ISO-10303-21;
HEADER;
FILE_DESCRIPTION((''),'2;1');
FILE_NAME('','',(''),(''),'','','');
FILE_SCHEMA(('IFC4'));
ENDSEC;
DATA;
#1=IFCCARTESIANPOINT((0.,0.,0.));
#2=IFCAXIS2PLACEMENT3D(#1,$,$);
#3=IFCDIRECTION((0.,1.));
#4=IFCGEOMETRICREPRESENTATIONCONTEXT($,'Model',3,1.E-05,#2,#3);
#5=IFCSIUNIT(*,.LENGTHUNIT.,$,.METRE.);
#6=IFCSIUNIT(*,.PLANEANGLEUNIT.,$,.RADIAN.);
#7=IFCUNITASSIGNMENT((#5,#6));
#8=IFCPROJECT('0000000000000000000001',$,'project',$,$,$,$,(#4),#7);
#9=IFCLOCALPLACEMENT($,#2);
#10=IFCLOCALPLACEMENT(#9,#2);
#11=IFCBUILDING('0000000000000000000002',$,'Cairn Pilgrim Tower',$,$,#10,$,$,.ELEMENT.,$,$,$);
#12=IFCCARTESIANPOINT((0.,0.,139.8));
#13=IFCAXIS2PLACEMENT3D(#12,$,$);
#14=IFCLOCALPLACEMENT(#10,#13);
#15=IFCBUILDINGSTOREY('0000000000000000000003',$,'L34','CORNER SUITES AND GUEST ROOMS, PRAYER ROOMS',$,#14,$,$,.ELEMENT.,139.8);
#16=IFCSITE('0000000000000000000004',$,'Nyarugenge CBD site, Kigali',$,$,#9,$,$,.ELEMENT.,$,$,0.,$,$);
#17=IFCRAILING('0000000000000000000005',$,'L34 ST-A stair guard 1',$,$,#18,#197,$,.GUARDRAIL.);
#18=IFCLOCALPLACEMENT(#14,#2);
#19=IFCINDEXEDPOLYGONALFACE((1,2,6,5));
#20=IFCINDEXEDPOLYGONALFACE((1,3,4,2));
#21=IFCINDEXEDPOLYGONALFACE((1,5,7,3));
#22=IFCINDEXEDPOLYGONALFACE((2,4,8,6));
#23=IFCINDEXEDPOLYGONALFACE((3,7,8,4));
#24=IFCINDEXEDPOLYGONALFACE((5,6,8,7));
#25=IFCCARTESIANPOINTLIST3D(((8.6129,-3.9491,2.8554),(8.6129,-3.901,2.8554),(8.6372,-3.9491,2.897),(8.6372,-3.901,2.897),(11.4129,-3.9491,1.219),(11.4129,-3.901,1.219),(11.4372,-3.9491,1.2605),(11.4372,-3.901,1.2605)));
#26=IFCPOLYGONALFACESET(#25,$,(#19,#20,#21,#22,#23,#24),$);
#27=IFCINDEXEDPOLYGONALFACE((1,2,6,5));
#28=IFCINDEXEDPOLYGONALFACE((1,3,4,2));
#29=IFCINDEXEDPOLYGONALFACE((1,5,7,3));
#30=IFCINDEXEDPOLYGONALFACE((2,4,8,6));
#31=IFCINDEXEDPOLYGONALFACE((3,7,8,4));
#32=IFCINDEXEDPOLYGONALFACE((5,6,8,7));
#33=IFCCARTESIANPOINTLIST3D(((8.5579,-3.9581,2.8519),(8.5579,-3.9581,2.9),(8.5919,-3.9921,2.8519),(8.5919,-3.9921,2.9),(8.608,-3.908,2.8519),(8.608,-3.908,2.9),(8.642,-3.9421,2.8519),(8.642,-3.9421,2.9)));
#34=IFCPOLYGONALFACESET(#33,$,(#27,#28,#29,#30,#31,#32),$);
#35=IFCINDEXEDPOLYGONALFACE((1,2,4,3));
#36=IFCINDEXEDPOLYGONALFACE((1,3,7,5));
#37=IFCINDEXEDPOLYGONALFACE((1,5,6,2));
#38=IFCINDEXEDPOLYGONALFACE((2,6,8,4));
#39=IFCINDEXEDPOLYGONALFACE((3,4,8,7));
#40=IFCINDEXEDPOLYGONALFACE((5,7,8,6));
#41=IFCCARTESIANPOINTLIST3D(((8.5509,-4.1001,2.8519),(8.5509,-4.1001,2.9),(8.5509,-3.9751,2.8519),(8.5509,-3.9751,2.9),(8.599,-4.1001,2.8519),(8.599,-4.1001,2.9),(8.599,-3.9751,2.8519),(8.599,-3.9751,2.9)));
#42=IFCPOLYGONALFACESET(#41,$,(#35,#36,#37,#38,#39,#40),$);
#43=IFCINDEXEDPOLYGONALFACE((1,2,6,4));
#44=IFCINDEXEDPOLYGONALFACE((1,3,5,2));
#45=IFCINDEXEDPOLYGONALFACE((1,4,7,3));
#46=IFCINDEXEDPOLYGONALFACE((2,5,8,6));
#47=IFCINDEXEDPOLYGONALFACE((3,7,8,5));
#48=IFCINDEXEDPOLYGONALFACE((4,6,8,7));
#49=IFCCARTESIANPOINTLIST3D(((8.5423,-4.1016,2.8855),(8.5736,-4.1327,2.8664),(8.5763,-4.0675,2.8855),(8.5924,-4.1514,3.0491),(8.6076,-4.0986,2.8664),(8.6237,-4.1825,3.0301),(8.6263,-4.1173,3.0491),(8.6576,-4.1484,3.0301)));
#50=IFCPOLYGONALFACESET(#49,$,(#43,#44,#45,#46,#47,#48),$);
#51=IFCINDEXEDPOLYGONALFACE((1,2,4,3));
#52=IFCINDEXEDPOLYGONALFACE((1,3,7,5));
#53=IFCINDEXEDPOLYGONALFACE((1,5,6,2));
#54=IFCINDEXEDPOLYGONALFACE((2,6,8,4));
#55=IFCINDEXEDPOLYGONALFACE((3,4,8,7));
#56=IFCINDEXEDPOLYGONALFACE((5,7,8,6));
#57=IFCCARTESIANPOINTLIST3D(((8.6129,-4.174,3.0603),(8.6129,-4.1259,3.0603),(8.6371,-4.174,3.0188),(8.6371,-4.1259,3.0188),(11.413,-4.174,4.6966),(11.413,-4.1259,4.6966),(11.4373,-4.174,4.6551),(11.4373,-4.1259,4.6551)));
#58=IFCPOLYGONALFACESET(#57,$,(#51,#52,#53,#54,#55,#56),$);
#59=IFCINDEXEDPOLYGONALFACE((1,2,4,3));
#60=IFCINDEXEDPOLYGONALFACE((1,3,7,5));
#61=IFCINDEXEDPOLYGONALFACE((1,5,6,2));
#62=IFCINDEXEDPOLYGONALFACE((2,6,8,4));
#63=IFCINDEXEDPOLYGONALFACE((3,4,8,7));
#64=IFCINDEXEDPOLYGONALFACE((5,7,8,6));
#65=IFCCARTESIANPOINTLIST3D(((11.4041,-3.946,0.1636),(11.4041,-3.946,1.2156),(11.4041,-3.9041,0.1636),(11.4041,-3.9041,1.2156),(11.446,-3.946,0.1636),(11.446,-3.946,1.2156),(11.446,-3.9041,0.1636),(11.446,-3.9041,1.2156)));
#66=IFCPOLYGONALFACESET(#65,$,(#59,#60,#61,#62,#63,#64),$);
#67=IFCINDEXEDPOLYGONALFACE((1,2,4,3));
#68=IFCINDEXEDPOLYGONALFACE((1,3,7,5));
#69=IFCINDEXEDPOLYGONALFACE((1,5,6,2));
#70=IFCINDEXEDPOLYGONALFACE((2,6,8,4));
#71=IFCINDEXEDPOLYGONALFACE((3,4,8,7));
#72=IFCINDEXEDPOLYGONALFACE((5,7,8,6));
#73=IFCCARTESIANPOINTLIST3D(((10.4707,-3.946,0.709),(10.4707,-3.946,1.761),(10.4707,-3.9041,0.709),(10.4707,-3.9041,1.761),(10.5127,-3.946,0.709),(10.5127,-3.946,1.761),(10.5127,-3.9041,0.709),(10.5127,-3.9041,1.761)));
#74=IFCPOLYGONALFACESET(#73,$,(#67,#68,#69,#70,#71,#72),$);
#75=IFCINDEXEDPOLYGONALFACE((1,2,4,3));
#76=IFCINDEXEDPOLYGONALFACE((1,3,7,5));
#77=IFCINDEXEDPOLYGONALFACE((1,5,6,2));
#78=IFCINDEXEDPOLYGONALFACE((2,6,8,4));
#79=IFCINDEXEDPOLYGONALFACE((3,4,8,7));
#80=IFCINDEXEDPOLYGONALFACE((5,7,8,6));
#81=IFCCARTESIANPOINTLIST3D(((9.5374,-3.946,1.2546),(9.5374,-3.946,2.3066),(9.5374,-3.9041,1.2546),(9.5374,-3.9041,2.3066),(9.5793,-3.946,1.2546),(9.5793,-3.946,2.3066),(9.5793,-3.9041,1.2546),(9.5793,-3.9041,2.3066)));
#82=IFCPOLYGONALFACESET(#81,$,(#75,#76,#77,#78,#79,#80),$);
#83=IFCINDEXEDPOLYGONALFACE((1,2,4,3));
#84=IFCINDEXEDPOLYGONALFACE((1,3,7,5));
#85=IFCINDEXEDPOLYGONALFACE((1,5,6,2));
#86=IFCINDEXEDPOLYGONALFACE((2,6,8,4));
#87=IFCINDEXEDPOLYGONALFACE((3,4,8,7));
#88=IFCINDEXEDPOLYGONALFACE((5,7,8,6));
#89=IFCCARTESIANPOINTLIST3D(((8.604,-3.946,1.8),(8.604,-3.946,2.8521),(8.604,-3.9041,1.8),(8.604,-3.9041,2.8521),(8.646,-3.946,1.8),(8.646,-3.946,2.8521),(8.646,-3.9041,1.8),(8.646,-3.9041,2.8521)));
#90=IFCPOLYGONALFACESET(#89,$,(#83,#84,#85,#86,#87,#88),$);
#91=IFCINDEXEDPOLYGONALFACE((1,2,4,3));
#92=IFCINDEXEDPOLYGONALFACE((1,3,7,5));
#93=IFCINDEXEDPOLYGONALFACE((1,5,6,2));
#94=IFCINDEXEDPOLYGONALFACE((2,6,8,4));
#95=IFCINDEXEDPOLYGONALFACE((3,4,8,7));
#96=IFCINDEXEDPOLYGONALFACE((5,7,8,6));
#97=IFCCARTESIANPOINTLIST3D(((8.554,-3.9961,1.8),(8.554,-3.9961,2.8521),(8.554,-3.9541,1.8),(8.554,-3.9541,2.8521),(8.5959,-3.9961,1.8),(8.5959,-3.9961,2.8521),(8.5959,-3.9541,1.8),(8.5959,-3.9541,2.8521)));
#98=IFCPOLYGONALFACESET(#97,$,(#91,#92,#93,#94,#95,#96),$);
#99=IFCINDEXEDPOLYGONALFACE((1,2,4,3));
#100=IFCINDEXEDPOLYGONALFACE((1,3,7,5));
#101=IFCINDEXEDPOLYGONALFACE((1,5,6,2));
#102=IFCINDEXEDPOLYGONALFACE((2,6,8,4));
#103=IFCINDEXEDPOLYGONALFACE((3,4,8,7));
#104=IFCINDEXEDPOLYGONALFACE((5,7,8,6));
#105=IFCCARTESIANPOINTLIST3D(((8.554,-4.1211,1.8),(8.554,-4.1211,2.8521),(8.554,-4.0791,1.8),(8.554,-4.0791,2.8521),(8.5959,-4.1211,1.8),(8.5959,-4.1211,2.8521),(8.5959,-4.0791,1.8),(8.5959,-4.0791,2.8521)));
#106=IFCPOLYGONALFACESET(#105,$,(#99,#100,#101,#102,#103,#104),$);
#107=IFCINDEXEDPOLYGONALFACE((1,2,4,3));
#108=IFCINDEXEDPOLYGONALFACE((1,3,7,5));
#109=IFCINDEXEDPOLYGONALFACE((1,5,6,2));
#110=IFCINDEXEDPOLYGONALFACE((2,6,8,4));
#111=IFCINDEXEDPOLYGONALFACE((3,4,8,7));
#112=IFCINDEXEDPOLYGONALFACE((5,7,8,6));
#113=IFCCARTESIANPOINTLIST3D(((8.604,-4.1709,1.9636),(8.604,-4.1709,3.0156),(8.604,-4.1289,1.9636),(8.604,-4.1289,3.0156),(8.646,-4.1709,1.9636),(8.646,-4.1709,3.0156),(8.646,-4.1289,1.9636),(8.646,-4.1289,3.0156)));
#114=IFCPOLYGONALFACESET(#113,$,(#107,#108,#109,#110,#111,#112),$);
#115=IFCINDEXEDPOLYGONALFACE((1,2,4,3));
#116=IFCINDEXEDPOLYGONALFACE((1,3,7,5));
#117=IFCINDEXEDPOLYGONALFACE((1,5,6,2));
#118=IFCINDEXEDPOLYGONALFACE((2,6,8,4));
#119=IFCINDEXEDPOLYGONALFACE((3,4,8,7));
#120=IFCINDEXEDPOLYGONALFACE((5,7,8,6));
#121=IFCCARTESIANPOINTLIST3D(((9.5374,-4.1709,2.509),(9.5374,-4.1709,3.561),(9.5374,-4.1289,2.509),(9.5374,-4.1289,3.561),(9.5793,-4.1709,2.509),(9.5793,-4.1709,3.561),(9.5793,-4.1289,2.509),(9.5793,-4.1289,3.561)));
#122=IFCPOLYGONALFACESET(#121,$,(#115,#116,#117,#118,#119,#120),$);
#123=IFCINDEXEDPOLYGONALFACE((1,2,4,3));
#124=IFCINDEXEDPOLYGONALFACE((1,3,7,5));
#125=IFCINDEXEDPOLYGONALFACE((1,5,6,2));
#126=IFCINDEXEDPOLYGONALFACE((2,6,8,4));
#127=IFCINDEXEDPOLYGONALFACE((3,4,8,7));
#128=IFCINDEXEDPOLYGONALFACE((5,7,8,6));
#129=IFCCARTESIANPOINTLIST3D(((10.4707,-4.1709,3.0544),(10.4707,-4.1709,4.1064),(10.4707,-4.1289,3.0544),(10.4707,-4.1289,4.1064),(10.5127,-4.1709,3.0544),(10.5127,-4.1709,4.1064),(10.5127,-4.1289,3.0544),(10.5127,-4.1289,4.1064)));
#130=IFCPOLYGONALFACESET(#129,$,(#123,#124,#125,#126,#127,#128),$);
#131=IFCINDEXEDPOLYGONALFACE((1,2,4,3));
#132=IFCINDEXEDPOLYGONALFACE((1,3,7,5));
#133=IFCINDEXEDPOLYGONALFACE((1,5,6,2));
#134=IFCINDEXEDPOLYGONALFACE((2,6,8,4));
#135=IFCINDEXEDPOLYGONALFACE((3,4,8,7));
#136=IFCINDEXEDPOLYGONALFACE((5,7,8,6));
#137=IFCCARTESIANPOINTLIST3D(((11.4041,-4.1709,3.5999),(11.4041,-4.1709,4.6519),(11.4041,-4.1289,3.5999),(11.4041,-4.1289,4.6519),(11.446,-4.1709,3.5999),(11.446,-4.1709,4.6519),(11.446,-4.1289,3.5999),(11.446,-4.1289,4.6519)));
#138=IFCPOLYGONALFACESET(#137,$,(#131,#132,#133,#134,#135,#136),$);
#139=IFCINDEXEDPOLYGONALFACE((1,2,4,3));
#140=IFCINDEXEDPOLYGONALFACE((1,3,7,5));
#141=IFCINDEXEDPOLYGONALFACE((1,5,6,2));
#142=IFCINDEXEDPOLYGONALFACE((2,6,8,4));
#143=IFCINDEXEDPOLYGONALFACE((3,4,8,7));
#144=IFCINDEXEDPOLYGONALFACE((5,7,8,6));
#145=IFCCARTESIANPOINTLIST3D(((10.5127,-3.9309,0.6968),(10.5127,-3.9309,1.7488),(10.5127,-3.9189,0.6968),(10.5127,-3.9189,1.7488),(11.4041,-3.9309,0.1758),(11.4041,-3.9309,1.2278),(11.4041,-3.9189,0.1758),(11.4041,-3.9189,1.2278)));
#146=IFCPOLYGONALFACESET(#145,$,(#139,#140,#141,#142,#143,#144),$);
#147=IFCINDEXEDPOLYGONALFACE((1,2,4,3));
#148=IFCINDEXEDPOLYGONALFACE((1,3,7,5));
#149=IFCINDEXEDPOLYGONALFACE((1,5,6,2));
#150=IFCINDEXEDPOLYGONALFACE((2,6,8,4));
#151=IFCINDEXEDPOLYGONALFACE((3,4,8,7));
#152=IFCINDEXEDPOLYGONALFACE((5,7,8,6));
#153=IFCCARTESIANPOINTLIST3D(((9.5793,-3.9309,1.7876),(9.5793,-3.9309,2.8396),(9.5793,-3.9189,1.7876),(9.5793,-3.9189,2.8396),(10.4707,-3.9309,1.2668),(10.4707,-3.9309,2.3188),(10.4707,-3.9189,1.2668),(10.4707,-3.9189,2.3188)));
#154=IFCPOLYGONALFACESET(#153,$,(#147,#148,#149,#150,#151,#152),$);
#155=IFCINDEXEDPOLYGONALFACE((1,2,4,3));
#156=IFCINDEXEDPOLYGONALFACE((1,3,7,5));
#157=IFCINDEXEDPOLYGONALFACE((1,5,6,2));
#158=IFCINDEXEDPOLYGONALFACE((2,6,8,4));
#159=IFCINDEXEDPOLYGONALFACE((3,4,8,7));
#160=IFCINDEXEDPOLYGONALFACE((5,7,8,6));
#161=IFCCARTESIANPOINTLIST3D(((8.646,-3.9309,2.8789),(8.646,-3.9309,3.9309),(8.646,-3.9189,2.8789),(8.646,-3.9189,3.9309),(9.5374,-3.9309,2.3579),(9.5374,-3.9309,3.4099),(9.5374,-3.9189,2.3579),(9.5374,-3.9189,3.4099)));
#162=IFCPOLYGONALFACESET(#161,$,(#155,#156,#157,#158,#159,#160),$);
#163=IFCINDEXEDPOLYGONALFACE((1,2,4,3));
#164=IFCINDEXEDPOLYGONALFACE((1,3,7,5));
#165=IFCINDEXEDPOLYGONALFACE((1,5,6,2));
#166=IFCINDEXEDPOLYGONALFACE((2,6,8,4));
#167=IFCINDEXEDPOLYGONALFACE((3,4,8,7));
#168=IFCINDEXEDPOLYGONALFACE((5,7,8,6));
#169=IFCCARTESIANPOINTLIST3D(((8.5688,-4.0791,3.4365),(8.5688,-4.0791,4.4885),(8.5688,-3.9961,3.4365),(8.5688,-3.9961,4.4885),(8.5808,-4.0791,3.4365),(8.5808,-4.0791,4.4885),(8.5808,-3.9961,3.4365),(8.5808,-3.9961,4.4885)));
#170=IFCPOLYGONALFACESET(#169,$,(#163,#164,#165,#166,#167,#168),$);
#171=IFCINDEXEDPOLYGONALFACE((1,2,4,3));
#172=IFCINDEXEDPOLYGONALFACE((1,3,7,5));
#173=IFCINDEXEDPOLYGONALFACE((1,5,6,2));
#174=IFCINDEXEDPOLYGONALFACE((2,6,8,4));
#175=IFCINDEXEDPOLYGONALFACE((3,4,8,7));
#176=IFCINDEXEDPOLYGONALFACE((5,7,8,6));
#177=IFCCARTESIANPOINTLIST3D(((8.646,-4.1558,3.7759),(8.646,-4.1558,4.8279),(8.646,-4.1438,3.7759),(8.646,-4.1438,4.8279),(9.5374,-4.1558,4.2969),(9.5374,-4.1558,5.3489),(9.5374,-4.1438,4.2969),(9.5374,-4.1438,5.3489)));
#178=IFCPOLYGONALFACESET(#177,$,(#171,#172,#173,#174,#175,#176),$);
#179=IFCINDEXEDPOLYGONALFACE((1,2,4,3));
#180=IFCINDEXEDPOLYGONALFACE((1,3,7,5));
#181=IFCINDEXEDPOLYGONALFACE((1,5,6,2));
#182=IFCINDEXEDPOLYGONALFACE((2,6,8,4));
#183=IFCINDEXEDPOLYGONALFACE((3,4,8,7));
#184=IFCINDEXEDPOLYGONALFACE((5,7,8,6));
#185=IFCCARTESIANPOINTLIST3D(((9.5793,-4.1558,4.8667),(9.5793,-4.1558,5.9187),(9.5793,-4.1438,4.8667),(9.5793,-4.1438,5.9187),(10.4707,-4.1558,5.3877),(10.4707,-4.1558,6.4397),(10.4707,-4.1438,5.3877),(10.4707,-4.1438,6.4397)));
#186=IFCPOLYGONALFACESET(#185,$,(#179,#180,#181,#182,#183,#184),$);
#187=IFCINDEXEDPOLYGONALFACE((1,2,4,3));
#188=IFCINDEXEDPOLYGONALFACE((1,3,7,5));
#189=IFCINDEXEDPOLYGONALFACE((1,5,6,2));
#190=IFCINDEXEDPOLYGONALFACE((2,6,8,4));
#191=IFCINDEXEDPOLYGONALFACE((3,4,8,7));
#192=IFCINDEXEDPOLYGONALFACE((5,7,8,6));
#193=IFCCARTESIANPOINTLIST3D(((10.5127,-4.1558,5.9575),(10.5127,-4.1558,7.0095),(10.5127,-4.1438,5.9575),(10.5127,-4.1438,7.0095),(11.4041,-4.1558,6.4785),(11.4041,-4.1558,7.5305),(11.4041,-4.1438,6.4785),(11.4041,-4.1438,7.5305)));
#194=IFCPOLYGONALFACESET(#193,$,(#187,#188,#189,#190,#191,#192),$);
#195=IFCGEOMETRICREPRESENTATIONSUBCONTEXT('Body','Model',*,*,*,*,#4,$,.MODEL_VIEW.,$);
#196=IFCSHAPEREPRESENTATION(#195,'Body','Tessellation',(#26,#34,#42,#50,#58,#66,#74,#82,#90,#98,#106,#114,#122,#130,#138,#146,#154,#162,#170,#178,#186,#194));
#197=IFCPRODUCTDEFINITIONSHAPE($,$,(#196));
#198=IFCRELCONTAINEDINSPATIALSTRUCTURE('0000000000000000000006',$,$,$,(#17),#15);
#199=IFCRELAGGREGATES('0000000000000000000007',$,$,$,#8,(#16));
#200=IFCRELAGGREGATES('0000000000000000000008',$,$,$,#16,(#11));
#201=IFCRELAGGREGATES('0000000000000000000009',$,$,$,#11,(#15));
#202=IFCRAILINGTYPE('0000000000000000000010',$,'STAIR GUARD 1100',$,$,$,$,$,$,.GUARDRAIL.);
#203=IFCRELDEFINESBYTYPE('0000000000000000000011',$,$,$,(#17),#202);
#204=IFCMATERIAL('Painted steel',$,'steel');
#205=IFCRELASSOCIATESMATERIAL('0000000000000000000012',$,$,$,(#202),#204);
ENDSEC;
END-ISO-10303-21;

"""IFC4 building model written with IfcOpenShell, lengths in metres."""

from ifc_helpers import new_model, si_unit, direction, frame, origin, origin_2d, place, context, subcontext, project, spatial, polyline, rectangle, outline, extrude, material, type_object, element, save


model = new_model("IFC4")

# Units and contexts
model_context = context("Model", 3, precision=1e-05, world=origin(), true_north=direction((0.0, 1.0)))
body_context = subcontext(model_context, "Body", "Model", "MODEL_VIEW")
ifc_project = project(units=[si_unit("LENGTHUNIT", "METRE"), si_unit("PLANEANGLEUNIT", "RADIAN")], contexts=[model_context])

# Site, building, storey
site_placement = place(None, origin())
site = spatial("IfcSite", under=ifc_project, at=site_placement, Name="Nyarugenge CBD site, Kigali", CompositionType="ELEMENT", RefElevation=0.0)
building_placement = place(site_placement, origin())
building = spatial("IfcBuilding", under=site, at=building_placement, Name="Cairn Pilgrim Tower", CompositionType="ELEMENT")
storey_placement = place(building_placement, frame((0.0, 0.0, 139.8)))
storey = spatial("IfcBuildingStorey", under=building, at=storey_placement, Name="L34", Description="CORNER SUITES AND GUEST ROOMS, PRAYER ROOMS", CompositionType="ELEMENT", Elevation=139.8)

# Railing
ifc_material_1 = material(Name="Painted steel", Category="steel")
railing_type_1 = type_object("IfcRailingType", Name="STAIR GUARD 1100", PredefinedType="GUARDRAIL", material=ifc_material_1)
railing_1_placement = place(storey_placement, frame((11.425, -3.925, 0.1636)))
element("IfcRailing", 1, at=railing_1_placement, inside=storey, type_object=railing_type_1, Name="L34 ST-A stair guard 1", PredefinedType="GUARDRAIL", context=body_context, shape_type="SweptSolid", body=[
    extrude(rectangle(XDim=0.0481, YDim=0.0481, at=origin_2d()), frame((0.0, 0.0, 1.0762), z_axis=(-0.863361, 0.0, 0.504587), x_axis=(0.0, -1.0, 0.0)), (0.0, 0.0, 1.0), 3.2432),
    extrude(rectangle(XDim=0.0481, YDim=0.0481, at=origin_2d()), frame((-2.8, 0.0, 2.7124), z_axis=(-0.707107, -0.707107, 0.0), x_axis=(0.707107, -0.707107, 0.0)), (0.0, 0.0, 1.0), 0.0708),
    extrude(rectangle(XDim=0.0481, YDim=0.0481, at=origin_2d()), frame((-2.8501, -0.05, 2.7124), z_axis=(0.0, -1.0, 0.0), x_axis=(1.0, 0.0, 0.0)), (0.0, 0.0, 1.0), 0.125),
    extrude(rectangle(XDim=0.0481, YDim=0.0481, at=origin_2d()), frame((-2.8501, -0.175, 2.7124), z_axis=(0.280917, -0.279546, 0.918118), x_axis=(0.705376, 0.708834, 0.0)), (0.0, 0.0, 1.0), 0.1782),
    extrude(rectangle(XDim=0.0481, YDim=0.0481, at=origin_2d()), frame((-2.8, -0.2249, 2.876), z_axis=(0.863394, 0.0, 0.504531), x_axis=(0.0, 1.0, 0.0)), (0.0, 0.0, 1.0), 3.2432),
    extrude(rectangle(XDim=0.042, YDim=0.042, at=origin_2d()), origin(), (0.0, 0.0, 1.0), 1.052),
    extrude(rectangle(XDim=0.042, YDim=0.042, at=origin_2d()), frame((-0.9333, 0.0, 0.5454)), (0.0, 0.0, 1.0), 1.052),
    extrude(rectangle(XDim=0.042, YDim=0.042, at=origin_2d()), frame((-1.8667, 0.0, 1.0911)), (0.0, 0.0, 1.0), 1.052),
    extrude(rectangle(XDim=0.042, YDim=0.042, at=origin_2d()), frame((-2.8, 0.0, 1.6365)), (0.0, 0.0, 1.0), 1.052),
    extrude(rectangle(XDim=0.042, YDim=0.042, at=origin_2d()), frame((-2.8501, -0.05, 1.6365)), (0.0, 0.0, 1.0), 1.052),
    extrude(rectangle(XDim=0.042, YDim=0.042, at=origin_2d()), frame((-2.8501, -0.175, 1.6365)), (0.0, 0.0, 1.0), 1.052),
    extrude(rectangle(XDim=0.042, YDim=0.042, at=origin_2d()), frame((-2.8, -0.2249, 1.8)), (0.0, 0.0, 1.0), 1.052),
    extrude(rectangle(XDim=0.042, YDim=0.042, at=origin_2d()), frame((-1.8667, -0.2249, 2.3455)), (0.0, 0.0, 1.0), 1.052),
    extrude(rectangle(XDim=0.042, YDim=0.042, at=origin_2d()), frame((-0.9333, -0.2249, 2.8909)), (0.0, 0.0, 1.0), 1.052),
    extrude(rectangle(XDim=0.042, YDim=0.042, at=origin_2d()), frame((0.0, -0.2249, 3.4363)), (0.0, 0.0, 1.0), 1.052),
    extrude(outline(polyline([(0.021, 0.0122), (0.9124, 0.5332), (0.9124, 1.5852), (0.021, 1.0642), (0.021, 0.0122)])), frame((0.0, -0.0059, 0.0), z_axis=(0.0, 1.0, 0.0), x_axis=(-1.0, 0.0, 0.0)), (0.0, 0.0, 1.0), 0.012),
    extrude(outline(polyline([(0.021, 0.5579), (0.9124, 1.0786), (0.9124, 2.1306), (0.021, 1.6099), (0.021, 0.5579)])), frame((-0.9333, -0.0059, 0.5454), z_axis=(0.0, 1.0, 0.0), x_axis=(-1.0, 0.0, 0.0)), (0.0, 0.0, 1.0), 0.012),
    extrude(outline(polyline([(0.021, 1.1033), (0.9124, 1.6243), (0.9124, 2.6763), (0.021, 2.1553), (0.021, 1.1033)])), frame((-1.8667, -0.0059, 1.0911), z_axis=(0.0, 1.0, 0.0), x_axis=(-1.0, 0.0, 0.0)), (0.0, 0.0, 1.0), 0.012),
    extrude(outline(polyline([(0.021, 1.6365), (0.104, 1.6365), (0.104, 2.6885), (0.021, 2.6885), (0.021, 1.6365)])), frame((-2.8442, -0.05, 1.6365), z_axis=(-1.0, 0.0, 0.0), x_axis=(0.0, -1.0, 0.0)), (0.0, 0.0, 1.0), 0.012),
    extrude(outline(polyline([(0.021, 1.8123), (0.9124, 2.3333), (0.9124, 3.3853), (0.021, 2.8643), (0.021, 1.8123)])), frame((-2.8, -0.2188, 1.8), z_axis=(0.0, -1.0, 0.0), x_axis=(1.0, 0.0, 0.0)), (0.0, 0.0, 1.0), 0.012),
    extrude(outline(polyline([(0.021, 2.3577), (0.9124, 2.8787), (0.9124, 3.9307), (0.021, 3.4097), (0.021, 2.3577)])), frame((-1.8667, -0.2188, 2.3455), z_axis=(0.0, -1.0, 0.0), x_axis=(1.0, 0.0, 0.0)), (0.0, 0.0, 1.0), 0.012),
    extrude(outline(polyline([(0.021, 2.9031), (0.9124, 3.4241), (0.9124, 4.4761), (0.021, 3.9551), (0.021, 2.9031)])), frame((-0.9333, -0.2188, 2.8909), z_axis=(0.0, -1.0, 0.0), x_axis=(1.0, 0.0, 0.0)), (0.0, 0.0, 1.0), 0.012),
])

save(model, "model.ifc")
